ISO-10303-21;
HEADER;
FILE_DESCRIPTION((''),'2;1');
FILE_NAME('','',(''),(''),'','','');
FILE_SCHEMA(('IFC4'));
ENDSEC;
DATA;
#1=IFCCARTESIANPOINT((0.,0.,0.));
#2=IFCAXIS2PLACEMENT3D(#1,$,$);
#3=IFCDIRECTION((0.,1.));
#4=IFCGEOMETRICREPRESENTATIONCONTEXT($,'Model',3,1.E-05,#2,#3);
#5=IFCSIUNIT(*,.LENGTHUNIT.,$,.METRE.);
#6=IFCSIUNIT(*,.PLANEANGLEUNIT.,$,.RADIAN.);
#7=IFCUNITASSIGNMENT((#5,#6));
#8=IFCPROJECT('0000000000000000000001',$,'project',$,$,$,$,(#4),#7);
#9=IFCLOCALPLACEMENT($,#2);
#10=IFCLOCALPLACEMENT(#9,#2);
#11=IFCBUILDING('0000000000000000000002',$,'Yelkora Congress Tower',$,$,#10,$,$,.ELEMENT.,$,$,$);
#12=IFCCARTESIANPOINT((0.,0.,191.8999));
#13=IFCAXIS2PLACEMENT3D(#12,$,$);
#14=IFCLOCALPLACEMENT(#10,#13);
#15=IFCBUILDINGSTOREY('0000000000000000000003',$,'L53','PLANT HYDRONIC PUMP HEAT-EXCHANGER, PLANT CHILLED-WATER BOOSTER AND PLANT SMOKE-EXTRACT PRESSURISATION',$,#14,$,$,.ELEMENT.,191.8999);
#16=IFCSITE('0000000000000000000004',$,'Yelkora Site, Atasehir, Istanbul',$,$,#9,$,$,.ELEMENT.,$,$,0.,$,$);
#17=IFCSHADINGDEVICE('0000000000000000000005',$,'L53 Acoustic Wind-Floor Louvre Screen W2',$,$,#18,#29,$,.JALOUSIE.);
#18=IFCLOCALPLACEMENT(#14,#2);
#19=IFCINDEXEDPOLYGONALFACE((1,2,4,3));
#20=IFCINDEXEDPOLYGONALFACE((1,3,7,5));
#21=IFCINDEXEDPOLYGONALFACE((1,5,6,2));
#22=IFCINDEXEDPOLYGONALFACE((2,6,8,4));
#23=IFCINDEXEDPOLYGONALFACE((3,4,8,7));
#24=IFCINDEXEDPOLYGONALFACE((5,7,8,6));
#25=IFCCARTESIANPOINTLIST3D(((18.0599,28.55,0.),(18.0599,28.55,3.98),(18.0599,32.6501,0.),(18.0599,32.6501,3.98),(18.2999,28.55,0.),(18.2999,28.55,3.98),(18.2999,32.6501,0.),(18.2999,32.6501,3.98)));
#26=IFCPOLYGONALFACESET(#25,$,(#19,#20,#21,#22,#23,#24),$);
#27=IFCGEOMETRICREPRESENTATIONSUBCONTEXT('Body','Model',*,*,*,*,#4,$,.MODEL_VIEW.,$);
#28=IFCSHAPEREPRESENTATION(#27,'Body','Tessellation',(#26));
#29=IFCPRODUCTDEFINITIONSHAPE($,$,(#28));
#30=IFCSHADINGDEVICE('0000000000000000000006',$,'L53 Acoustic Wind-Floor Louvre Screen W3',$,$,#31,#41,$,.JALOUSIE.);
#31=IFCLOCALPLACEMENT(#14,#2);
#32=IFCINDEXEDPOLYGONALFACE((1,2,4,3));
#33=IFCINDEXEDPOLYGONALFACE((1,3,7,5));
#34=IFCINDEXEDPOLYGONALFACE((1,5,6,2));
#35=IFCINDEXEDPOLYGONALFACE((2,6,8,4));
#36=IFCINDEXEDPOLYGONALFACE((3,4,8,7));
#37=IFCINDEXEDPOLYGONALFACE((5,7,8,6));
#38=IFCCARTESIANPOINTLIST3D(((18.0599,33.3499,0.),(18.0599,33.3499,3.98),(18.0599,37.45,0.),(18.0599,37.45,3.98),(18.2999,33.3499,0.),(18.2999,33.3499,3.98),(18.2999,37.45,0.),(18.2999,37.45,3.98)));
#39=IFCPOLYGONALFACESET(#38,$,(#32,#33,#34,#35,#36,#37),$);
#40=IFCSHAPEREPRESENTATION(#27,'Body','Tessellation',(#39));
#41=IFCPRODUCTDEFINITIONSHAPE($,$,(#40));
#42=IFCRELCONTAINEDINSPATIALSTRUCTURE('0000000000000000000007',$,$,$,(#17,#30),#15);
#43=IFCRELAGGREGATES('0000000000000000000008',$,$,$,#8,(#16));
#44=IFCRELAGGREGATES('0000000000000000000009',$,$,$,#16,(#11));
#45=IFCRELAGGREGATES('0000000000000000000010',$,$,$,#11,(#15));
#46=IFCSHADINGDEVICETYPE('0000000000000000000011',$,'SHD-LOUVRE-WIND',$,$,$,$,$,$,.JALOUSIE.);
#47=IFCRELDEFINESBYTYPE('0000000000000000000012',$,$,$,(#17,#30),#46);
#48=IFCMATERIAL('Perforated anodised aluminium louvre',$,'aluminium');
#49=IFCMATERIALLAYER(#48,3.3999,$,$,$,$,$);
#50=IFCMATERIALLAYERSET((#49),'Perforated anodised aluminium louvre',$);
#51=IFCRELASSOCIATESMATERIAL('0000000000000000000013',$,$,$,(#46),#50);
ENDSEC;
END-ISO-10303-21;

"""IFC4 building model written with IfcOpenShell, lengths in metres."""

from ifc_helpers import new_model, si_unit, direction, frame, origin, origin_2d, place, context, subcontext, project, spatial, rectangle, extrude, material, layer, layer_set, type_object, element, save


model = new_model("IFC4")

# Units and contexts
model_context = context("Model", 3, precision=1e-05, world=origin(), true_north=direction((0.0, 1.0)))
body_context = subcontext(model_context, "Body", "Model", "MODEL_VIEW")
ifc_project = project(units=[si_unit("LENGTHUNIT", "METRE"), si_unit("PLANEANGLEUNIT", "RADIAN")], contexts=[model_context])

# Site, building, storey
site_placement = place(None, origin())
site = spatial("IfcSite", under=ifc_project, at=site_placement, Name="Yelkora Site, Atasehir, Istanbul", CompositionType="ELEMENT", RefElevation=0.0)
building_placement = place(site_placement, origin())
building = spatial("IfcBuilding", under=site, at=building_placement, Name="Yelkora Congress Tower", CompositionType="ELEMENT")
storey_placement = place(building_placement, frame((0.0, 0.0, 191.8999)))
storey = spatial("IfcBuildingStorey", under=building, at=storey_placement, Name="L53", Description="PLANT HYDRONIC PUMP HEAT-EXCHANGER, PLANT CHILLED-WATER BOOSTER AND PLANT SMOKE-EXTRACT PRESSURISATION", CompositionType="ELEMENT", Elevation=191.8999)

# Shading devices
ifc_material_1 = material(Name="Perforated anodised aluminium louvre", Category="aluminium")
ifc_layer_1 = layer(ifc_material_1, 3.3999)
ifc_layer_set_1 = layer_set([ifc_layer_1], Name="Perforated anodised aluminium louvre")
shading_device_type = type_object("IfcShadingDeviceType", Name="SHD-LOUVRE-WIND", PredefinedType="JALOUSIE", material=ifc_layer_set_1)
for number, where, z_axis, x_axis, name in (
    (1, (18.1799, 30.6001, 0.0), (0.0, 0.0, 1.0), (1.0, 0.0, 0.0), "L53 Acoustic Wind-Floor Louvre Screen W2"),
    (2, (18.1799, 35.3999, 0.0), (0.0, 0.0, 1.0), (1.0, 0.0, 0.0), "L53 Acoustic Wind-Floor Louvre Screen W3"),
):
    element("IfcShadingDevice", number, at=place(storey_placement, frame(where, z_axis=z_axis, x_axis=x_axis)), inside=storey, type_object=shading_device_type, Name=name, PredefinedType="JALOUSIE", context=body_context, shape_type="SweptSolid", body=[
        extrude(rectangle(XDim=0.24, YDim=4.1001, at=origin_2d()), origin(), (0.0, 0.0, 1.0), 3.98),
    ])

save(model, "model.ifc")
